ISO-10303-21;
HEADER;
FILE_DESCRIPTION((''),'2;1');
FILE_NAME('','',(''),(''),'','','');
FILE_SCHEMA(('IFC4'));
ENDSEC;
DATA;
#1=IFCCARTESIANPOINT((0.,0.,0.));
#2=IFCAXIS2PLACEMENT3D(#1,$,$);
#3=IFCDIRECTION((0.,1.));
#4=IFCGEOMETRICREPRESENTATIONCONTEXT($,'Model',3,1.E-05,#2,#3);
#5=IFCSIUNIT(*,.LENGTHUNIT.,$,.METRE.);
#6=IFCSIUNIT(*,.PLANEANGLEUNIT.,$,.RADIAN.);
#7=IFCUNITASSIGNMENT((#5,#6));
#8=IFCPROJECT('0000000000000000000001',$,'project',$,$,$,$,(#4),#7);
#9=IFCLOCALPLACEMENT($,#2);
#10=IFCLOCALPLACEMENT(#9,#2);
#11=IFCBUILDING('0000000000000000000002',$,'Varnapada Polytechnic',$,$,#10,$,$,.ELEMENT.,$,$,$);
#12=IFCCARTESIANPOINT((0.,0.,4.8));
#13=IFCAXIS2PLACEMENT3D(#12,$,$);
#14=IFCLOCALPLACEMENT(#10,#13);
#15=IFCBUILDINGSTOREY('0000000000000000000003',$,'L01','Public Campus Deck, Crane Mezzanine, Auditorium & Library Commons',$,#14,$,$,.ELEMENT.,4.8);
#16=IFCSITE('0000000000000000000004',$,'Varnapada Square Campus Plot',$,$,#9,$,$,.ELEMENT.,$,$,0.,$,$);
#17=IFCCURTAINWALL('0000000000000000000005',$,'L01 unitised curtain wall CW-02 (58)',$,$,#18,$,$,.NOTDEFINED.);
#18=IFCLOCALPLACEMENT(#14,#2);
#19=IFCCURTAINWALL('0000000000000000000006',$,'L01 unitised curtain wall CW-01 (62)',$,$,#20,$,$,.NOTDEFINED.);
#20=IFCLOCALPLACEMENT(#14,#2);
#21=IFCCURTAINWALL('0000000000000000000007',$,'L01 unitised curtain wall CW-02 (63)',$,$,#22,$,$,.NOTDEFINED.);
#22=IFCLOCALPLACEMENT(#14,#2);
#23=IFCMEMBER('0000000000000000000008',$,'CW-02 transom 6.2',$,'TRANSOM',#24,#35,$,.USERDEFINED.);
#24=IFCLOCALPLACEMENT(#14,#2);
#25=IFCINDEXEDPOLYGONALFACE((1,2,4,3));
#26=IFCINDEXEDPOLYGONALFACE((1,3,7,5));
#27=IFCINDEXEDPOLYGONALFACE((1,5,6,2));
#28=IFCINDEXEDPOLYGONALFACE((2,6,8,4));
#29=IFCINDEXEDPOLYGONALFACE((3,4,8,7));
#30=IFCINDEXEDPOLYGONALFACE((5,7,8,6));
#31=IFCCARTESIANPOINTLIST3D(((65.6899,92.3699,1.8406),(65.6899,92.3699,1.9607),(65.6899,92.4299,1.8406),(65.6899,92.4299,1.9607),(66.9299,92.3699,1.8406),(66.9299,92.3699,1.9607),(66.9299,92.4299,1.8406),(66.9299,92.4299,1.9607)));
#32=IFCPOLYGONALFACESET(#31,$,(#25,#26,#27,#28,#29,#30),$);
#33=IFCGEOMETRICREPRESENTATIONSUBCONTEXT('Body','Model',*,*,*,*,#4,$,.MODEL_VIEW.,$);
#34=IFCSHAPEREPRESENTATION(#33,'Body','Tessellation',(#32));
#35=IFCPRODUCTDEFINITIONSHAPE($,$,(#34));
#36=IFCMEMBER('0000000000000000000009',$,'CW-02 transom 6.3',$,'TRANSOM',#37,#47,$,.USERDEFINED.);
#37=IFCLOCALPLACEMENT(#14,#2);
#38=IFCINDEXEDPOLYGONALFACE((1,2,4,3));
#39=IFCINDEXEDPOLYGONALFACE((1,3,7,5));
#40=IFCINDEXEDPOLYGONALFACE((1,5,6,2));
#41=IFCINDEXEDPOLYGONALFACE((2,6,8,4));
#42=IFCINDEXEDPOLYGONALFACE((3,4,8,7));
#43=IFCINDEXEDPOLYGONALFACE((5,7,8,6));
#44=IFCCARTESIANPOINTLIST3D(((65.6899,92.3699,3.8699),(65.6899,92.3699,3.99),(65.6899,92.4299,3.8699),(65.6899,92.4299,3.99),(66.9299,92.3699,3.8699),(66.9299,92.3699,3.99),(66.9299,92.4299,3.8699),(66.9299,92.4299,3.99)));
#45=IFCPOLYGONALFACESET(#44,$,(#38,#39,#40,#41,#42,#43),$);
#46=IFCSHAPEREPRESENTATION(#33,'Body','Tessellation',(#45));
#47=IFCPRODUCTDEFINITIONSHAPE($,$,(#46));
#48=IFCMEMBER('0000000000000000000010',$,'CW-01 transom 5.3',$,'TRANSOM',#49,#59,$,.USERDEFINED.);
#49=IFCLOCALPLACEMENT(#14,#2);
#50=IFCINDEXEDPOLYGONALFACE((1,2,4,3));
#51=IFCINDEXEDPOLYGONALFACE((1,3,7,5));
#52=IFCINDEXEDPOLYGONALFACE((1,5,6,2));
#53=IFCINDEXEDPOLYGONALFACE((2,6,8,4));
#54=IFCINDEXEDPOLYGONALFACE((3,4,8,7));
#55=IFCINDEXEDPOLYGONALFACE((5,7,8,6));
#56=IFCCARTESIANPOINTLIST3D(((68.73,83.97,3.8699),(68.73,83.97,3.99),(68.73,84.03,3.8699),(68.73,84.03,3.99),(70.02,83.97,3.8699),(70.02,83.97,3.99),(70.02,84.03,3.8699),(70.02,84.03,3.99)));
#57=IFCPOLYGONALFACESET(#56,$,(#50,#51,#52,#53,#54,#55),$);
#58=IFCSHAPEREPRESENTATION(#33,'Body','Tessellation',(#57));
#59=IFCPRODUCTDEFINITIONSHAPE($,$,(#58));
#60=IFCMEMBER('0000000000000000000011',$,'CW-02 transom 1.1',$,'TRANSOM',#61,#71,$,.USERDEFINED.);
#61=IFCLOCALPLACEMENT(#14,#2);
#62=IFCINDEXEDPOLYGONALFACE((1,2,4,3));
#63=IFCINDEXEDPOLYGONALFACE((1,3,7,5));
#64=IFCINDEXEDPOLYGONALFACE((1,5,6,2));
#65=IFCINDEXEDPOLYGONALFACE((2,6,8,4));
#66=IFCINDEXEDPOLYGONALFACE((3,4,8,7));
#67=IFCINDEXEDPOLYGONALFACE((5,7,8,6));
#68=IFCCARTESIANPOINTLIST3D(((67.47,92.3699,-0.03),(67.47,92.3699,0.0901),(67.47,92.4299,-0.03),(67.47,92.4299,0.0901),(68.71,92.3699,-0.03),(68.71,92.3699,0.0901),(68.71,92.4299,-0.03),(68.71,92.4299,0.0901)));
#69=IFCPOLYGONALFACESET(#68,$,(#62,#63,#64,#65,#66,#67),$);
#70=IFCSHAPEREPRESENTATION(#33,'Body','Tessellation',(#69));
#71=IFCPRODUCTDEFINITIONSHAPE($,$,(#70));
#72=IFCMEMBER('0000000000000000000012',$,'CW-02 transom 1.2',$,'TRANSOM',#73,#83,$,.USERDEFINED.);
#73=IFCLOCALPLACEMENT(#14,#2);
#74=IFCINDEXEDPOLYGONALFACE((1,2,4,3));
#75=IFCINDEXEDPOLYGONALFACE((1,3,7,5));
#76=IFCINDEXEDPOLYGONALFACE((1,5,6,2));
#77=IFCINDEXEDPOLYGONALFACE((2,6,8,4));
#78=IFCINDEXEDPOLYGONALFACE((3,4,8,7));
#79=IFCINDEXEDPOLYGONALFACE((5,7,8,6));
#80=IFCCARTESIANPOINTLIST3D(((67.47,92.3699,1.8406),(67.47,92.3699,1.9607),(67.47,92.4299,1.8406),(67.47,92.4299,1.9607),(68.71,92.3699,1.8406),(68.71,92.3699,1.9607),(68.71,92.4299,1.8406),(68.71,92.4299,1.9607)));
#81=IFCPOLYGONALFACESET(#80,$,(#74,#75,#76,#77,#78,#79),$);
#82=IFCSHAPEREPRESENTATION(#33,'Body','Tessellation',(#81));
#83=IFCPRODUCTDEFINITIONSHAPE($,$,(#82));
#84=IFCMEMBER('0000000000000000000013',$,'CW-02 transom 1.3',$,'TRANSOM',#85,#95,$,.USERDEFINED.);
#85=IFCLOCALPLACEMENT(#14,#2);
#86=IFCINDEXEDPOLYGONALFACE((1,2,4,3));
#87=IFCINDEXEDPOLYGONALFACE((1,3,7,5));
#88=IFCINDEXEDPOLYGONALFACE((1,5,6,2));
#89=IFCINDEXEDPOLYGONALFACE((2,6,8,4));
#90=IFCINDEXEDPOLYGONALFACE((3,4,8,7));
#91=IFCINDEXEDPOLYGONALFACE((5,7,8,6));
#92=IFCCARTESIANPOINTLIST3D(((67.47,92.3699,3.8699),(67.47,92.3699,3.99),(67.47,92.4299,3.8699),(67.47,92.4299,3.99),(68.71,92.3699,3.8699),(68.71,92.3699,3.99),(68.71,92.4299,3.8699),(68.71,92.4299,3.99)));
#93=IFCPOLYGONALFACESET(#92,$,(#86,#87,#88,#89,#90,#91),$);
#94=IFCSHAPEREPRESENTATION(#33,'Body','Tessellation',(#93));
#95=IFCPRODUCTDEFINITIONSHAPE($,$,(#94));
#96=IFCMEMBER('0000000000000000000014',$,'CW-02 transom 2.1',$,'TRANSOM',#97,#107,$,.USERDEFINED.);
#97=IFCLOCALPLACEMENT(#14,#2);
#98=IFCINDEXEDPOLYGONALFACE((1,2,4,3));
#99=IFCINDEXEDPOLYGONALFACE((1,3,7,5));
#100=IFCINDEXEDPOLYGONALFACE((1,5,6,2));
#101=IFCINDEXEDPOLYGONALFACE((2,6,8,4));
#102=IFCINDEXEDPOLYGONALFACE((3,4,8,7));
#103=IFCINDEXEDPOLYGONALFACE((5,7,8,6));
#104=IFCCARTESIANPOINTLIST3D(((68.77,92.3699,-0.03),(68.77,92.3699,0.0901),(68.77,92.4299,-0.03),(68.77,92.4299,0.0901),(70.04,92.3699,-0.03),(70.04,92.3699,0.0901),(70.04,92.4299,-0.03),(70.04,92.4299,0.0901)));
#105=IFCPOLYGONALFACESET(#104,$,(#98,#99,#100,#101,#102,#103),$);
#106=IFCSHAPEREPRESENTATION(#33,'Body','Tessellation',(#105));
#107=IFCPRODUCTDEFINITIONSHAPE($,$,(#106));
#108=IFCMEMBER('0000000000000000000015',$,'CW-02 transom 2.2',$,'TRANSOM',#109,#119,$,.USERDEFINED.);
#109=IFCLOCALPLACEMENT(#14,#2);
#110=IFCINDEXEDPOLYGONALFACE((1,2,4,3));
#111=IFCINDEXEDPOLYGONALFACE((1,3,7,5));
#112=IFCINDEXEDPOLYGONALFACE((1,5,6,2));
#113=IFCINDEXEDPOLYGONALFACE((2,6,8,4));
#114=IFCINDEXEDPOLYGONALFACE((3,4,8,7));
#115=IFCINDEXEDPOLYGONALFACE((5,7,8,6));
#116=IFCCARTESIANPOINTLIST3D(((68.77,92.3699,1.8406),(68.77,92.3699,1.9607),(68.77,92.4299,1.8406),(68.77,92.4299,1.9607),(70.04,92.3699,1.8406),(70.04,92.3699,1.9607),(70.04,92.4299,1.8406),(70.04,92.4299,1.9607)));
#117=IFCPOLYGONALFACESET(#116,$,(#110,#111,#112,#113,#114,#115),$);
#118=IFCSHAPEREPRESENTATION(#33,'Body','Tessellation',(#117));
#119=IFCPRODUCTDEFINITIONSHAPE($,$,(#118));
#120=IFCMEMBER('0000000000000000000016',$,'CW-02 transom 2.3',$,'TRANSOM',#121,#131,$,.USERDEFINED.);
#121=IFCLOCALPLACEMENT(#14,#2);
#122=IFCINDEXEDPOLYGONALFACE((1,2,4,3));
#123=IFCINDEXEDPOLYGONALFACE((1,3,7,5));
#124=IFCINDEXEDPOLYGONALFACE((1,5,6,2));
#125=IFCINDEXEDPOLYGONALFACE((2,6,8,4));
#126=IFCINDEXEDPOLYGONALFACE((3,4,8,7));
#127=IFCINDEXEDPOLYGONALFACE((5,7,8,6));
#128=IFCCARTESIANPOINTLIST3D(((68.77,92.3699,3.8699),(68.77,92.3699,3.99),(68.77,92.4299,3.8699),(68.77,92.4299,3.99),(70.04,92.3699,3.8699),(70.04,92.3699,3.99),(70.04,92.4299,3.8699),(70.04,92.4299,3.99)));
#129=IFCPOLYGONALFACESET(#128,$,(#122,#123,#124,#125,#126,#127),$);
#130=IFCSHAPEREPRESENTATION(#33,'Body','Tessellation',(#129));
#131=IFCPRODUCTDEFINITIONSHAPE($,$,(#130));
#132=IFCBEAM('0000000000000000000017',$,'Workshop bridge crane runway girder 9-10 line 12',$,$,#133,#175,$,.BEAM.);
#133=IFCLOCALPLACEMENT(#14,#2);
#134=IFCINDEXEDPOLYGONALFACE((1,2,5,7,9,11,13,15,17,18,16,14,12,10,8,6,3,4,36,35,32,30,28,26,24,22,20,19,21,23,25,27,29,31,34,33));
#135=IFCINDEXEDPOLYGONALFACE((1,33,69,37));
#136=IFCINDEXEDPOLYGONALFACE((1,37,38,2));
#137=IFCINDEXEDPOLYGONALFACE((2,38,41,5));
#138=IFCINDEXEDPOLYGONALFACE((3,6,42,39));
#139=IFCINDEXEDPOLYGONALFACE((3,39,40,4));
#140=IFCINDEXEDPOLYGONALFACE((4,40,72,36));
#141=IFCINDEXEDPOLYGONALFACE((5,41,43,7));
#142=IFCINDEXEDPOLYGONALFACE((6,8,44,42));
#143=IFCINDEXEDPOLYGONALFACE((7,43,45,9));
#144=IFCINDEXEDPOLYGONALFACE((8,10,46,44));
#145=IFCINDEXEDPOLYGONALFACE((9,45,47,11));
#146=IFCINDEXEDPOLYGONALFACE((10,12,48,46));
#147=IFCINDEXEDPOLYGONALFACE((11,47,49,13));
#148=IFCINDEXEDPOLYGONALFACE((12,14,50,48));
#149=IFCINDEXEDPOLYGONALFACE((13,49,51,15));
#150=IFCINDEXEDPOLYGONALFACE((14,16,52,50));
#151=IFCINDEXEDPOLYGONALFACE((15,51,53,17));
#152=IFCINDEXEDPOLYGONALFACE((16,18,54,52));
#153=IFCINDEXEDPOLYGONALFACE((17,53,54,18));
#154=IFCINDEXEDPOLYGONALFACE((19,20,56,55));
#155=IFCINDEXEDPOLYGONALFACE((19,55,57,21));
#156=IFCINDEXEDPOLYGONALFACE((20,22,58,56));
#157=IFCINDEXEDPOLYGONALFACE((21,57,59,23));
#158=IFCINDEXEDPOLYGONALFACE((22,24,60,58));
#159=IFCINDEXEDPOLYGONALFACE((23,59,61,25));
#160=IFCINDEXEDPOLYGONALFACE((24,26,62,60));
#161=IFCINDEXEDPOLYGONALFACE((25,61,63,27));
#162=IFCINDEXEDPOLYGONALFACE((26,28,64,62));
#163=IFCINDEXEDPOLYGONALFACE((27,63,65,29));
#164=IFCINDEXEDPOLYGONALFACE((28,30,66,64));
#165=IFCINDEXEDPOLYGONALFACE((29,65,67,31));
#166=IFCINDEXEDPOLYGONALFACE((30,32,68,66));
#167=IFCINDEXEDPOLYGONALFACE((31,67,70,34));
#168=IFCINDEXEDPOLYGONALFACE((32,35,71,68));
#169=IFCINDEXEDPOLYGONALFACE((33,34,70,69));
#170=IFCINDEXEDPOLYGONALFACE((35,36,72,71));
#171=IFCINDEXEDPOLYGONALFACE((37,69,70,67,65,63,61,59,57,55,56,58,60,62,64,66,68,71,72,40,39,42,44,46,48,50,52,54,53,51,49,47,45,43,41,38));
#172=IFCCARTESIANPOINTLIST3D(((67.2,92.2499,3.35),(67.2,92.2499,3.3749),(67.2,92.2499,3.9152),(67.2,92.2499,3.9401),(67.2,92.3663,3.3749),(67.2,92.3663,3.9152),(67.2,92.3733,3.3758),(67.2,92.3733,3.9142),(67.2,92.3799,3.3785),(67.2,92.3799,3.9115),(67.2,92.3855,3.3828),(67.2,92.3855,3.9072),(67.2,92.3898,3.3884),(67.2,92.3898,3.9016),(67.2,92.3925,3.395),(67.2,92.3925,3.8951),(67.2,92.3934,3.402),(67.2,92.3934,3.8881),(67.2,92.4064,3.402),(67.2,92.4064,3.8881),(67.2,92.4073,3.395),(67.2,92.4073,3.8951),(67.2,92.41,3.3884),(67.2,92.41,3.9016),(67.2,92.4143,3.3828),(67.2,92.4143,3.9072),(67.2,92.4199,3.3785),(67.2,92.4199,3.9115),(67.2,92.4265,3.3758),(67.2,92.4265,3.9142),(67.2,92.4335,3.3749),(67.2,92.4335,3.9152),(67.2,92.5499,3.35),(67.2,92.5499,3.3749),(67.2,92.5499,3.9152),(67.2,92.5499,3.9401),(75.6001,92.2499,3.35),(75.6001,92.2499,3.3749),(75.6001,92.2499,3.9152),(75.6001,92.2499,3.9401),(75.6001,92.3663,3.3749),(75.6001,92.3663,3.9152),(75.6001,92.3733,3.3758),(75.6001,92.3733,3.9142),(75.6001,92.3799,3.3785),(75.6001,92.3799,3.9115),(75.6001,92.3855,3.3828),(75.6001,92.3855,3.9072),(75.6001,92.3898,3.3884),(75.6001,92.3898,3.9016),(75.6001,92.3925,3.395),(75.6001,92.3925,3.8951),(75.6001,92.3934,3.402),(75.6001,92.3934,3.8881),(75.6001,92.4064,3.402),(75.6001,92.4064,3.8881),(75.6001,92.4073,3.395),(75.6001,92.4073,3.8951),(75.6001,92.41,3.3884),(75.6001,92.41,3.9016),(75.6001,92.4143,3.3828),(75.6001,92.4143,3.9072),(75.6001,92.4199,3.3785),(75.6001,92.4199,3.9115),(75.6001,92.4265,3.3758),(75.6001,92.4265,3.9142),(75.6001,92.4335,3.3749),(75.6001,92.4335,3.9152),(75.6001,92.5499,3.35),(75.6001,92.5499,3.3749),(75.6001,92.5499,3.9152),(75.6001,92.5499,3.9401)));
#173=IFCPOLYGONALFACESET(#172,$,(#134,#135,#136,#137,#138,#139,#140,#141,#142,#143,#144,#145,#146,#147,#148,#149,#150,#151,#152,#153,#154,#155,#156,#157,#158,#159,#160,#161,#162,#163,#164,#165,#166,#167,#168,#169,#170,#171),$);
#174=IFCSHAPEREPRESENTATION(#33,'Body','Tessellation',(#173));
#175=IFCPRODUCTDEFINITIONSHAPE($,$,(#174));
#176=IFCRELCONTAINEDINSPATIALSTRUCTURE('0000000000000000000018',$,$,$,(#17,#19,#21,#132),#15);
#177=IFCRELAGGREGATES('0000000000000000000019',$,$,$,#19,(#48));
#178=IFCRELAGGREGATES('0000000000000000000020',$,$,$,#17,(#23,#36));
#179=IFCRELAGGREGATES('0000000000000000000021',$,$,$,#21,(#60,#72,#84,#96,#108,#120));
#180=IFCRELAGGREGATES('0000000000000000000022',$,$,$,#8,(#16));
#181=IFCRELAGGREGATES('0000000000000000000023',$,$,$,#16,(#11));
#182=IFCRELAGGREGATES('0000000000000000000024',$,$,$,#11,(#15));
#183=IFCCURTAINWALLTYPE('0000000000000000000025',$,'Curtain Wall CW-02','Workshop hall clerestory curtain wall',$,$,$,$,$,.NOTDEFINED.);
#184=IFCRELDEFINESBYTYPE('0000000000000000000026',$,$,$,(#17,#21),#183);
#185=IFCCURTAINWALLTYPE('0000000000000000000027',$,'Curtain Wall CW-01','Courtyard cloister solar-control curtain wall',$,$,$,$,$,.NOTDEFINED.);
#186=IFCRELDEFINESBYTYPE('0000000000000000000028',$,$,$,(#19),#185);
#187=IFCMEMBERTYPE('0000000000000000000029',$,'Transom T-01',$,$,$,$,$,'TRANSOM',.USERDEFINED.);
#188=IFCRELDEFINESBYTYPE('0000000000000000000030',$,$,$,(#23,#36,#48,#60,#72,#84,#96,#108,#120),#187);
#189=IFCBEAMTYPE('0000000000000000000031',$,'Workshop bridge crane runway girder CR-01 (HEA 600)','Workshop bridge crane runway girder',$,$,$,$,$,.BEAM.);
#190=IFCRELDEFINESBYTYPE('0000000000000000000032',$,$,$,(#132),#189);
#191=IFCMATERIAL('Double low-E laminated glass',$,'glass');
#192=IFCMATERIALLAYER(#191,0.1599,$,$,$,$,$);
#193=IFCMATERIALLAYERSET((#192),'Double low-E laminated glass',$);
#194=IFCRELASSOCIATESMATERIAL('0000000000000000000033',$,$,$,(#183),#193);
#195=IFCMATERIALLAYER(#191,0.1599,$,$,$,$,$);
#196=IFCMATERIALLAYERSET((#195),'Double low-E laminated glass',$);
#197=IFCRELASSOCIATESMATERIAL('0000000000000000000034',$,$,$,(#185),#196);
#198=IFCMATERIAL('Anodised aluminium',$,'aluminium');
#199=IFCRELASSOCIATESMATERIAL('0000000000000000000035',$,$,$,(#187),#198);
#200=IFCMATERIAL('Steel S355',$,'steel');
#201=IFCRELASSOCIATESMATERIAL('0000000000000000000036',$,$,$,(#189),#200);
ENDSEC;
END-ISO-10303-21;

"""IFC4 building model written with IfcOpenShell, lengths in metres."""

from ifc_helpers import new_model, si_unit, direction, frame, origin, origin_2d, place, context, subcontext, project, spatial, rectangle, i_section, extrude, material, layer, layer_set, material_profile, profile_set, type_object, element, aggregate, save


model = new_model("IFC4")

# Units and contexts
model_context = context("Model", 3, precision=1e-05, world=origin(), true_north=direction((0.0, 1.0)))
body_context = subcontext(model_context, "Body", "Model", "MODEL_VIEW")
ifc_project = project(units=[si_unit("LENGTHUNIT", "METRE"), si_unit("PLANEANGLEUNIT", "RADIAN")], contexts=[model_context])

# Site, building, storey
site_placement = place(None, origin())
site = spatial("IfcSite", under=ifc_project, at=site_placement, Name="Varnapada Square Campus Plot", CompositionType="ELEMENT", RefElevation=0.0)
building_placement = place(site_placement, origin())
building = spatial("IfcBuilding", under=site, at=building_placement, Name="Varnapada Polytechnic", CompositionType="ELEMENT")
storey_placement = place(building_placement, frame((0.0, 0.0, 4.8)))
storey = spatial("IfcBuildingStorey", under=building, at=storey_placement, Name="L01", Description="Public Campus Deck, Crane Mezzanine, Auditorium & Library Commons", CompositionType="ELEMENT", Elevation=4.8)

# Shared definitions
ifc_material_1 = material(Name="Steel S355", Category="steel")

# Curtain wall
ifc_material_2 = material(Name="Double low-E laminated glass", Category="glass")
ifc_layer_1 = layer(ifc_material_2, 0.1599)
ifc_layer_set_1 = layer_set([ifc_layer_1], Name="Double low-E laminated glass")
curtain_wall_type_1 = type_object("IfcCurtainWallType", Name="Curtain Wall CW-02", Description="Workshop hall clerestory curtain wall", PredefinedType="NOTDEFINED", material=ifc_layer_set_1)
curtain_wall_1_placement = place(storey_placement, origin())
curtain_wall_1 = element("IfcCurtainWall", 1, at=curtain_wall_1_placement, inside=storey, type_object=curtain_wall_type_1, Name="L01 unitised curtain wall CW-02 (58)", PredefinedType="NOTDEFINED")
ifc_material_3 = material(Name="Anodised aluminium", Category="aluminium")

# Curtain wall
ifc_layer_2 = layer(ifc_material_2, 0.1599)
ifc_layer_set_2 = layer_set([ifc_layer_2], Name="Double low-E laminated glass")
curtain_wall_type_2 = type_object("IfcCurtainWallType", Name="Curtain Wall CW-01", Description="Courtyard cloister solar-control curtain wall", PredefinedType="NOTDEFINED", material=ifc_layer_set_2)
curtain_wall_2_placement = place(storey_placement, origin())
curtain_wall_2 = element("IfcCurtainWall", 2, at=curtain_wall_2_placement, inside=storey, type_object=curtain_wall_type_2, Name="L01 unitised curtain wall CW-01 (62)", PredefinedType="NOTDEFINED")

# Curtain wall
curtain_wall_3_placement = place(storey_placement, origin())
curtain_wall_3 = element("IfcCurtainWall", 3, at=curtain_wall_3_placement, inside=storey, type_object=curtain_wall_type_1, Name="L01 unitised curtain wall CW-02 (63)", PredefinedType="NOTDEFINED")

# Members
ifc_material_profile_1 = material_profile(ifc_material_3, rectangle(XDim=0.0601, YDim=0.1201, at=origin_2d()), Name="ALU T60x120")
ifc_profile_set_1 = profile_set([ifc_material_profile_1], Name="Anodised aluminium")
member_type_1 = type_object("IfcMemberType", Name="Transom T-01", ElementType="TRANSOM", PredefinedType="USERDEFINED", material=ifc_profile_set_1)
member_1_placement = place(storey_placement, frame((65.6899, 92.3999, 1.9006), z_axis=(1.0, 0.0, 0.0), x_axis=(0.0, 1.0, 0.0)))
member_1 = element("IfcMember", 4, at=member_1_placement, type_object=member_type_1, Name="CW-02 transom 6.2", ObjectType="TRANSOM", PredefinedType="USERDEFINED", context=body_context, shape_type="SweptSolid", body=[
    extrude(rectangle(XDim=0.0601, YDim=0.1201, at=origin_2d()), origin(), (0.0, 0.0, 1.0), 1.24),
])
member_2_placement = place(storey_placement, frame((65.6899, 92.3999, 3.9299), z_axis=(1.0, 0.0, 0.0), x_axis=(0.0, 1.0, 0.0)))
member_2 = element("IfcMember", 5, at=member_2_placement, type_object=member_type_1, Name="CW-02 transom 6.3", ObjectType="TRANSOM", PredefinedType="USERDEFINED", context=body_context, shape_type="SweptSolid", body=[
    extrude(rectangle(XDim=0.0601, YDim=0.1201, at=origin_2d()), origin(), (0.0, 0.0, 1.0), 1.24),
])
member_3_placement = place(storey_placement, frame((70.02, 84.0, 3.9299), z_axis=(-1.0, 0.0, 0.0), x_axis=(0.0, -1.0, 0.0)))
member_3 = element("IfcMember", 6, at=member_3_placement, type_object=member_type_1, Name="CW-01 transom 5.3", ObjectType="TRANSOM", PredefinedType="USERDEFINED", context=body_context, shape_type="SweptSolid", body=[
    extrude(rectangle(XDim=0.0601, YDim=0.1201, at=origin_2d()), origin(), (0.0, 0.0, 1.0), 1.29),
])
aggregate(curtain_wall_2, [member_3])
member_4_placement = place(storey_placement, frame((67.47, 92.3999, 0.03), z_axis=(1.0, 0.0, 0.0), x_axis=(0.0, 1.0, 0.0)))
member_4 = element("IfcMember", 7, at=member_4_placement, type_object=member_type_1, Name="CW-02 transom 1.1", ObjectType="TRANSOM", PredefinedType="USERDEFINED", context=body_context, shape_type="SweptSolid", body=[
    extrude(rectangle(XDim=0.0601, YDim=0.1201, at=origin_2d()), origin(), (0.0, 0.0, 1.0), 1.24),
])
member_5_placement = place(storey_placement, frame((67.47, 92.3999, 1.9006), z_axis=(1.0, 0.0, 0.0), x_axis=(0.0, 1.0, 0.0)))
member_5 = element("IfcMember", 8, at=member_5_placement, type_object=member_type_1, Name="CW-02 transom 1.2", ObjectType="TRANSOM", PredefinedType="USERDEFINED", context=body_context, shape_type="SweptSolid", body=[
    extrude(rectangle(XDim=0.0601, YDim=0.1201, at=origin_2d()), origin(), (0.0, 0.0, 1.0), 1.24),
])
member_6_placement = place(storey_placement, frame((67.47, 92.3999, 3.9299), z_axis=(1.0, 0.0, 0.0), x_axis=(0.0, 1.0, 0.0)))
member_6 = element("IfcMember", 9, at=member_6_placement, type_object=member_type_1, Name="CW-02 transom 1.3", ObjectType="TRANSOM", PredefinedType="USERDEFINED", context=body_context, shape_type="SweptSolid", body=[
    extrude(rectangle(XDim=0.0601, YDim=0.1201, at=origin_2d()), origin(), (0.0, 0.0, 1.0), 1.24),
])
member_7_placement = place(storey_placement, frame((68.77, 92.3999, 0.03), z_axis=(1.0, 0.0, 0.0), x_axis=(0.0, 1.0, 0.0)))
member_7 = element("IfcMember", 10, at=member_7_placement, type_object=member_type_1, Name="CW-02 transom 2.1", ObjectType="TRANSOM", PredefinedType="USERDEFINED", context=body_context, shape_type="SweptSolid", body=[
    extrude(rectangle(XDim=0.0601, YDim=0.1201, at=origin_2d()), origin(), (0.0, 0.0, 1.0), 1.27),
])
member_8_placement = place(storey_placement, frame((68.77, 92.3999, 1.9006), z_axis=(1.0, 0.0, 0.0), x_axis=(0.0, 1.0, 0.0)))
member_8 = element("IfcMember", 11, at=member_8_placement, type_object=member_type_1, Name="CW-02 transom 2.2", ObjectType="TRANSOM", PredefinedType="USERDEFINED", context=body_context, shape_type="SweptSolid", body=[
    extrude(rectangle(XDim=0.0601, YDim=0.1201, at=origin_2d()), origin(), (0.0, 0.0, 1.0), 1.27),
])
member_9_placement = place(storey_placement, frame((68.77, 92.3999, 3.9299), z_axis=(1.0, 0.0, 0.0), x_axis=(0.0, 1.0, 0.0)))
member_9 = element("IfcMember", 12, at=member_9_placement, type_object=member_type_1, Name="CW-02 transom 2.3", ObjectType="TRANSOM", PredefinedType="USERDEFINED", context=body_context, shape_type="SweptSolid", body=[
    extrude(rectangle(XDim=0.0601, YDim=0.1201, at=origin_2d()), origin(), (0.0, 0.0, 1.0), 1.27),
])

# Beam
ifc_material_profile_2 = material_profile(ifc_material_1, i_section(OverallWidth=0.3, OverallDepth=0.5901, WebThickness=0.0129, FlangeThickness=0.0249, FilletRadius=0.0271, at=origin_2d()), Name="HEA 600")
ifc_profile_set_2 = profile_set([ifc_material_profile_2], Name="Steel S355")
beam_type_1 = type_object("IfcBeamType", Name="Workshop bridge crane runway girder CR-01 (HEA 600)", Description="Workshop bridge crane runway girder", PredefinedType="BEAM", material=ifc_profile_set_2)
beam_1_placement = place(storey_placement, frame((67.2, 92.3999, 3.645), z_axis=(1.0, 0.0, 0.0), x_axis=(0.0, 1.0, 0.0)))
element("IfcBeam", 13, at=beam_1_placement, inside=storey, type_object=beam_type_1, Name="Workshop bridge crane runway girder 9-10 line 12", PredefinedType="BEAM", context=body_context, shape_type="SweptSolid", body=[
    extrude(i_section(OverallWidth=0.3, OverallDepth=0.5901, WebThickness=0.0129, FlangeThickness=0.0249, FilletRadius=0.0271, at=origin_2d()), origin(), (0.0, 0.0, 1.0), 8.4001),
])

aggregate(curtain_wall_1, [member_1, member_2])
aggregate(curtain_wall_3, [member_4, member_5, member_6, member_7, member_8, member_9])

save(model, "model.ifc")
